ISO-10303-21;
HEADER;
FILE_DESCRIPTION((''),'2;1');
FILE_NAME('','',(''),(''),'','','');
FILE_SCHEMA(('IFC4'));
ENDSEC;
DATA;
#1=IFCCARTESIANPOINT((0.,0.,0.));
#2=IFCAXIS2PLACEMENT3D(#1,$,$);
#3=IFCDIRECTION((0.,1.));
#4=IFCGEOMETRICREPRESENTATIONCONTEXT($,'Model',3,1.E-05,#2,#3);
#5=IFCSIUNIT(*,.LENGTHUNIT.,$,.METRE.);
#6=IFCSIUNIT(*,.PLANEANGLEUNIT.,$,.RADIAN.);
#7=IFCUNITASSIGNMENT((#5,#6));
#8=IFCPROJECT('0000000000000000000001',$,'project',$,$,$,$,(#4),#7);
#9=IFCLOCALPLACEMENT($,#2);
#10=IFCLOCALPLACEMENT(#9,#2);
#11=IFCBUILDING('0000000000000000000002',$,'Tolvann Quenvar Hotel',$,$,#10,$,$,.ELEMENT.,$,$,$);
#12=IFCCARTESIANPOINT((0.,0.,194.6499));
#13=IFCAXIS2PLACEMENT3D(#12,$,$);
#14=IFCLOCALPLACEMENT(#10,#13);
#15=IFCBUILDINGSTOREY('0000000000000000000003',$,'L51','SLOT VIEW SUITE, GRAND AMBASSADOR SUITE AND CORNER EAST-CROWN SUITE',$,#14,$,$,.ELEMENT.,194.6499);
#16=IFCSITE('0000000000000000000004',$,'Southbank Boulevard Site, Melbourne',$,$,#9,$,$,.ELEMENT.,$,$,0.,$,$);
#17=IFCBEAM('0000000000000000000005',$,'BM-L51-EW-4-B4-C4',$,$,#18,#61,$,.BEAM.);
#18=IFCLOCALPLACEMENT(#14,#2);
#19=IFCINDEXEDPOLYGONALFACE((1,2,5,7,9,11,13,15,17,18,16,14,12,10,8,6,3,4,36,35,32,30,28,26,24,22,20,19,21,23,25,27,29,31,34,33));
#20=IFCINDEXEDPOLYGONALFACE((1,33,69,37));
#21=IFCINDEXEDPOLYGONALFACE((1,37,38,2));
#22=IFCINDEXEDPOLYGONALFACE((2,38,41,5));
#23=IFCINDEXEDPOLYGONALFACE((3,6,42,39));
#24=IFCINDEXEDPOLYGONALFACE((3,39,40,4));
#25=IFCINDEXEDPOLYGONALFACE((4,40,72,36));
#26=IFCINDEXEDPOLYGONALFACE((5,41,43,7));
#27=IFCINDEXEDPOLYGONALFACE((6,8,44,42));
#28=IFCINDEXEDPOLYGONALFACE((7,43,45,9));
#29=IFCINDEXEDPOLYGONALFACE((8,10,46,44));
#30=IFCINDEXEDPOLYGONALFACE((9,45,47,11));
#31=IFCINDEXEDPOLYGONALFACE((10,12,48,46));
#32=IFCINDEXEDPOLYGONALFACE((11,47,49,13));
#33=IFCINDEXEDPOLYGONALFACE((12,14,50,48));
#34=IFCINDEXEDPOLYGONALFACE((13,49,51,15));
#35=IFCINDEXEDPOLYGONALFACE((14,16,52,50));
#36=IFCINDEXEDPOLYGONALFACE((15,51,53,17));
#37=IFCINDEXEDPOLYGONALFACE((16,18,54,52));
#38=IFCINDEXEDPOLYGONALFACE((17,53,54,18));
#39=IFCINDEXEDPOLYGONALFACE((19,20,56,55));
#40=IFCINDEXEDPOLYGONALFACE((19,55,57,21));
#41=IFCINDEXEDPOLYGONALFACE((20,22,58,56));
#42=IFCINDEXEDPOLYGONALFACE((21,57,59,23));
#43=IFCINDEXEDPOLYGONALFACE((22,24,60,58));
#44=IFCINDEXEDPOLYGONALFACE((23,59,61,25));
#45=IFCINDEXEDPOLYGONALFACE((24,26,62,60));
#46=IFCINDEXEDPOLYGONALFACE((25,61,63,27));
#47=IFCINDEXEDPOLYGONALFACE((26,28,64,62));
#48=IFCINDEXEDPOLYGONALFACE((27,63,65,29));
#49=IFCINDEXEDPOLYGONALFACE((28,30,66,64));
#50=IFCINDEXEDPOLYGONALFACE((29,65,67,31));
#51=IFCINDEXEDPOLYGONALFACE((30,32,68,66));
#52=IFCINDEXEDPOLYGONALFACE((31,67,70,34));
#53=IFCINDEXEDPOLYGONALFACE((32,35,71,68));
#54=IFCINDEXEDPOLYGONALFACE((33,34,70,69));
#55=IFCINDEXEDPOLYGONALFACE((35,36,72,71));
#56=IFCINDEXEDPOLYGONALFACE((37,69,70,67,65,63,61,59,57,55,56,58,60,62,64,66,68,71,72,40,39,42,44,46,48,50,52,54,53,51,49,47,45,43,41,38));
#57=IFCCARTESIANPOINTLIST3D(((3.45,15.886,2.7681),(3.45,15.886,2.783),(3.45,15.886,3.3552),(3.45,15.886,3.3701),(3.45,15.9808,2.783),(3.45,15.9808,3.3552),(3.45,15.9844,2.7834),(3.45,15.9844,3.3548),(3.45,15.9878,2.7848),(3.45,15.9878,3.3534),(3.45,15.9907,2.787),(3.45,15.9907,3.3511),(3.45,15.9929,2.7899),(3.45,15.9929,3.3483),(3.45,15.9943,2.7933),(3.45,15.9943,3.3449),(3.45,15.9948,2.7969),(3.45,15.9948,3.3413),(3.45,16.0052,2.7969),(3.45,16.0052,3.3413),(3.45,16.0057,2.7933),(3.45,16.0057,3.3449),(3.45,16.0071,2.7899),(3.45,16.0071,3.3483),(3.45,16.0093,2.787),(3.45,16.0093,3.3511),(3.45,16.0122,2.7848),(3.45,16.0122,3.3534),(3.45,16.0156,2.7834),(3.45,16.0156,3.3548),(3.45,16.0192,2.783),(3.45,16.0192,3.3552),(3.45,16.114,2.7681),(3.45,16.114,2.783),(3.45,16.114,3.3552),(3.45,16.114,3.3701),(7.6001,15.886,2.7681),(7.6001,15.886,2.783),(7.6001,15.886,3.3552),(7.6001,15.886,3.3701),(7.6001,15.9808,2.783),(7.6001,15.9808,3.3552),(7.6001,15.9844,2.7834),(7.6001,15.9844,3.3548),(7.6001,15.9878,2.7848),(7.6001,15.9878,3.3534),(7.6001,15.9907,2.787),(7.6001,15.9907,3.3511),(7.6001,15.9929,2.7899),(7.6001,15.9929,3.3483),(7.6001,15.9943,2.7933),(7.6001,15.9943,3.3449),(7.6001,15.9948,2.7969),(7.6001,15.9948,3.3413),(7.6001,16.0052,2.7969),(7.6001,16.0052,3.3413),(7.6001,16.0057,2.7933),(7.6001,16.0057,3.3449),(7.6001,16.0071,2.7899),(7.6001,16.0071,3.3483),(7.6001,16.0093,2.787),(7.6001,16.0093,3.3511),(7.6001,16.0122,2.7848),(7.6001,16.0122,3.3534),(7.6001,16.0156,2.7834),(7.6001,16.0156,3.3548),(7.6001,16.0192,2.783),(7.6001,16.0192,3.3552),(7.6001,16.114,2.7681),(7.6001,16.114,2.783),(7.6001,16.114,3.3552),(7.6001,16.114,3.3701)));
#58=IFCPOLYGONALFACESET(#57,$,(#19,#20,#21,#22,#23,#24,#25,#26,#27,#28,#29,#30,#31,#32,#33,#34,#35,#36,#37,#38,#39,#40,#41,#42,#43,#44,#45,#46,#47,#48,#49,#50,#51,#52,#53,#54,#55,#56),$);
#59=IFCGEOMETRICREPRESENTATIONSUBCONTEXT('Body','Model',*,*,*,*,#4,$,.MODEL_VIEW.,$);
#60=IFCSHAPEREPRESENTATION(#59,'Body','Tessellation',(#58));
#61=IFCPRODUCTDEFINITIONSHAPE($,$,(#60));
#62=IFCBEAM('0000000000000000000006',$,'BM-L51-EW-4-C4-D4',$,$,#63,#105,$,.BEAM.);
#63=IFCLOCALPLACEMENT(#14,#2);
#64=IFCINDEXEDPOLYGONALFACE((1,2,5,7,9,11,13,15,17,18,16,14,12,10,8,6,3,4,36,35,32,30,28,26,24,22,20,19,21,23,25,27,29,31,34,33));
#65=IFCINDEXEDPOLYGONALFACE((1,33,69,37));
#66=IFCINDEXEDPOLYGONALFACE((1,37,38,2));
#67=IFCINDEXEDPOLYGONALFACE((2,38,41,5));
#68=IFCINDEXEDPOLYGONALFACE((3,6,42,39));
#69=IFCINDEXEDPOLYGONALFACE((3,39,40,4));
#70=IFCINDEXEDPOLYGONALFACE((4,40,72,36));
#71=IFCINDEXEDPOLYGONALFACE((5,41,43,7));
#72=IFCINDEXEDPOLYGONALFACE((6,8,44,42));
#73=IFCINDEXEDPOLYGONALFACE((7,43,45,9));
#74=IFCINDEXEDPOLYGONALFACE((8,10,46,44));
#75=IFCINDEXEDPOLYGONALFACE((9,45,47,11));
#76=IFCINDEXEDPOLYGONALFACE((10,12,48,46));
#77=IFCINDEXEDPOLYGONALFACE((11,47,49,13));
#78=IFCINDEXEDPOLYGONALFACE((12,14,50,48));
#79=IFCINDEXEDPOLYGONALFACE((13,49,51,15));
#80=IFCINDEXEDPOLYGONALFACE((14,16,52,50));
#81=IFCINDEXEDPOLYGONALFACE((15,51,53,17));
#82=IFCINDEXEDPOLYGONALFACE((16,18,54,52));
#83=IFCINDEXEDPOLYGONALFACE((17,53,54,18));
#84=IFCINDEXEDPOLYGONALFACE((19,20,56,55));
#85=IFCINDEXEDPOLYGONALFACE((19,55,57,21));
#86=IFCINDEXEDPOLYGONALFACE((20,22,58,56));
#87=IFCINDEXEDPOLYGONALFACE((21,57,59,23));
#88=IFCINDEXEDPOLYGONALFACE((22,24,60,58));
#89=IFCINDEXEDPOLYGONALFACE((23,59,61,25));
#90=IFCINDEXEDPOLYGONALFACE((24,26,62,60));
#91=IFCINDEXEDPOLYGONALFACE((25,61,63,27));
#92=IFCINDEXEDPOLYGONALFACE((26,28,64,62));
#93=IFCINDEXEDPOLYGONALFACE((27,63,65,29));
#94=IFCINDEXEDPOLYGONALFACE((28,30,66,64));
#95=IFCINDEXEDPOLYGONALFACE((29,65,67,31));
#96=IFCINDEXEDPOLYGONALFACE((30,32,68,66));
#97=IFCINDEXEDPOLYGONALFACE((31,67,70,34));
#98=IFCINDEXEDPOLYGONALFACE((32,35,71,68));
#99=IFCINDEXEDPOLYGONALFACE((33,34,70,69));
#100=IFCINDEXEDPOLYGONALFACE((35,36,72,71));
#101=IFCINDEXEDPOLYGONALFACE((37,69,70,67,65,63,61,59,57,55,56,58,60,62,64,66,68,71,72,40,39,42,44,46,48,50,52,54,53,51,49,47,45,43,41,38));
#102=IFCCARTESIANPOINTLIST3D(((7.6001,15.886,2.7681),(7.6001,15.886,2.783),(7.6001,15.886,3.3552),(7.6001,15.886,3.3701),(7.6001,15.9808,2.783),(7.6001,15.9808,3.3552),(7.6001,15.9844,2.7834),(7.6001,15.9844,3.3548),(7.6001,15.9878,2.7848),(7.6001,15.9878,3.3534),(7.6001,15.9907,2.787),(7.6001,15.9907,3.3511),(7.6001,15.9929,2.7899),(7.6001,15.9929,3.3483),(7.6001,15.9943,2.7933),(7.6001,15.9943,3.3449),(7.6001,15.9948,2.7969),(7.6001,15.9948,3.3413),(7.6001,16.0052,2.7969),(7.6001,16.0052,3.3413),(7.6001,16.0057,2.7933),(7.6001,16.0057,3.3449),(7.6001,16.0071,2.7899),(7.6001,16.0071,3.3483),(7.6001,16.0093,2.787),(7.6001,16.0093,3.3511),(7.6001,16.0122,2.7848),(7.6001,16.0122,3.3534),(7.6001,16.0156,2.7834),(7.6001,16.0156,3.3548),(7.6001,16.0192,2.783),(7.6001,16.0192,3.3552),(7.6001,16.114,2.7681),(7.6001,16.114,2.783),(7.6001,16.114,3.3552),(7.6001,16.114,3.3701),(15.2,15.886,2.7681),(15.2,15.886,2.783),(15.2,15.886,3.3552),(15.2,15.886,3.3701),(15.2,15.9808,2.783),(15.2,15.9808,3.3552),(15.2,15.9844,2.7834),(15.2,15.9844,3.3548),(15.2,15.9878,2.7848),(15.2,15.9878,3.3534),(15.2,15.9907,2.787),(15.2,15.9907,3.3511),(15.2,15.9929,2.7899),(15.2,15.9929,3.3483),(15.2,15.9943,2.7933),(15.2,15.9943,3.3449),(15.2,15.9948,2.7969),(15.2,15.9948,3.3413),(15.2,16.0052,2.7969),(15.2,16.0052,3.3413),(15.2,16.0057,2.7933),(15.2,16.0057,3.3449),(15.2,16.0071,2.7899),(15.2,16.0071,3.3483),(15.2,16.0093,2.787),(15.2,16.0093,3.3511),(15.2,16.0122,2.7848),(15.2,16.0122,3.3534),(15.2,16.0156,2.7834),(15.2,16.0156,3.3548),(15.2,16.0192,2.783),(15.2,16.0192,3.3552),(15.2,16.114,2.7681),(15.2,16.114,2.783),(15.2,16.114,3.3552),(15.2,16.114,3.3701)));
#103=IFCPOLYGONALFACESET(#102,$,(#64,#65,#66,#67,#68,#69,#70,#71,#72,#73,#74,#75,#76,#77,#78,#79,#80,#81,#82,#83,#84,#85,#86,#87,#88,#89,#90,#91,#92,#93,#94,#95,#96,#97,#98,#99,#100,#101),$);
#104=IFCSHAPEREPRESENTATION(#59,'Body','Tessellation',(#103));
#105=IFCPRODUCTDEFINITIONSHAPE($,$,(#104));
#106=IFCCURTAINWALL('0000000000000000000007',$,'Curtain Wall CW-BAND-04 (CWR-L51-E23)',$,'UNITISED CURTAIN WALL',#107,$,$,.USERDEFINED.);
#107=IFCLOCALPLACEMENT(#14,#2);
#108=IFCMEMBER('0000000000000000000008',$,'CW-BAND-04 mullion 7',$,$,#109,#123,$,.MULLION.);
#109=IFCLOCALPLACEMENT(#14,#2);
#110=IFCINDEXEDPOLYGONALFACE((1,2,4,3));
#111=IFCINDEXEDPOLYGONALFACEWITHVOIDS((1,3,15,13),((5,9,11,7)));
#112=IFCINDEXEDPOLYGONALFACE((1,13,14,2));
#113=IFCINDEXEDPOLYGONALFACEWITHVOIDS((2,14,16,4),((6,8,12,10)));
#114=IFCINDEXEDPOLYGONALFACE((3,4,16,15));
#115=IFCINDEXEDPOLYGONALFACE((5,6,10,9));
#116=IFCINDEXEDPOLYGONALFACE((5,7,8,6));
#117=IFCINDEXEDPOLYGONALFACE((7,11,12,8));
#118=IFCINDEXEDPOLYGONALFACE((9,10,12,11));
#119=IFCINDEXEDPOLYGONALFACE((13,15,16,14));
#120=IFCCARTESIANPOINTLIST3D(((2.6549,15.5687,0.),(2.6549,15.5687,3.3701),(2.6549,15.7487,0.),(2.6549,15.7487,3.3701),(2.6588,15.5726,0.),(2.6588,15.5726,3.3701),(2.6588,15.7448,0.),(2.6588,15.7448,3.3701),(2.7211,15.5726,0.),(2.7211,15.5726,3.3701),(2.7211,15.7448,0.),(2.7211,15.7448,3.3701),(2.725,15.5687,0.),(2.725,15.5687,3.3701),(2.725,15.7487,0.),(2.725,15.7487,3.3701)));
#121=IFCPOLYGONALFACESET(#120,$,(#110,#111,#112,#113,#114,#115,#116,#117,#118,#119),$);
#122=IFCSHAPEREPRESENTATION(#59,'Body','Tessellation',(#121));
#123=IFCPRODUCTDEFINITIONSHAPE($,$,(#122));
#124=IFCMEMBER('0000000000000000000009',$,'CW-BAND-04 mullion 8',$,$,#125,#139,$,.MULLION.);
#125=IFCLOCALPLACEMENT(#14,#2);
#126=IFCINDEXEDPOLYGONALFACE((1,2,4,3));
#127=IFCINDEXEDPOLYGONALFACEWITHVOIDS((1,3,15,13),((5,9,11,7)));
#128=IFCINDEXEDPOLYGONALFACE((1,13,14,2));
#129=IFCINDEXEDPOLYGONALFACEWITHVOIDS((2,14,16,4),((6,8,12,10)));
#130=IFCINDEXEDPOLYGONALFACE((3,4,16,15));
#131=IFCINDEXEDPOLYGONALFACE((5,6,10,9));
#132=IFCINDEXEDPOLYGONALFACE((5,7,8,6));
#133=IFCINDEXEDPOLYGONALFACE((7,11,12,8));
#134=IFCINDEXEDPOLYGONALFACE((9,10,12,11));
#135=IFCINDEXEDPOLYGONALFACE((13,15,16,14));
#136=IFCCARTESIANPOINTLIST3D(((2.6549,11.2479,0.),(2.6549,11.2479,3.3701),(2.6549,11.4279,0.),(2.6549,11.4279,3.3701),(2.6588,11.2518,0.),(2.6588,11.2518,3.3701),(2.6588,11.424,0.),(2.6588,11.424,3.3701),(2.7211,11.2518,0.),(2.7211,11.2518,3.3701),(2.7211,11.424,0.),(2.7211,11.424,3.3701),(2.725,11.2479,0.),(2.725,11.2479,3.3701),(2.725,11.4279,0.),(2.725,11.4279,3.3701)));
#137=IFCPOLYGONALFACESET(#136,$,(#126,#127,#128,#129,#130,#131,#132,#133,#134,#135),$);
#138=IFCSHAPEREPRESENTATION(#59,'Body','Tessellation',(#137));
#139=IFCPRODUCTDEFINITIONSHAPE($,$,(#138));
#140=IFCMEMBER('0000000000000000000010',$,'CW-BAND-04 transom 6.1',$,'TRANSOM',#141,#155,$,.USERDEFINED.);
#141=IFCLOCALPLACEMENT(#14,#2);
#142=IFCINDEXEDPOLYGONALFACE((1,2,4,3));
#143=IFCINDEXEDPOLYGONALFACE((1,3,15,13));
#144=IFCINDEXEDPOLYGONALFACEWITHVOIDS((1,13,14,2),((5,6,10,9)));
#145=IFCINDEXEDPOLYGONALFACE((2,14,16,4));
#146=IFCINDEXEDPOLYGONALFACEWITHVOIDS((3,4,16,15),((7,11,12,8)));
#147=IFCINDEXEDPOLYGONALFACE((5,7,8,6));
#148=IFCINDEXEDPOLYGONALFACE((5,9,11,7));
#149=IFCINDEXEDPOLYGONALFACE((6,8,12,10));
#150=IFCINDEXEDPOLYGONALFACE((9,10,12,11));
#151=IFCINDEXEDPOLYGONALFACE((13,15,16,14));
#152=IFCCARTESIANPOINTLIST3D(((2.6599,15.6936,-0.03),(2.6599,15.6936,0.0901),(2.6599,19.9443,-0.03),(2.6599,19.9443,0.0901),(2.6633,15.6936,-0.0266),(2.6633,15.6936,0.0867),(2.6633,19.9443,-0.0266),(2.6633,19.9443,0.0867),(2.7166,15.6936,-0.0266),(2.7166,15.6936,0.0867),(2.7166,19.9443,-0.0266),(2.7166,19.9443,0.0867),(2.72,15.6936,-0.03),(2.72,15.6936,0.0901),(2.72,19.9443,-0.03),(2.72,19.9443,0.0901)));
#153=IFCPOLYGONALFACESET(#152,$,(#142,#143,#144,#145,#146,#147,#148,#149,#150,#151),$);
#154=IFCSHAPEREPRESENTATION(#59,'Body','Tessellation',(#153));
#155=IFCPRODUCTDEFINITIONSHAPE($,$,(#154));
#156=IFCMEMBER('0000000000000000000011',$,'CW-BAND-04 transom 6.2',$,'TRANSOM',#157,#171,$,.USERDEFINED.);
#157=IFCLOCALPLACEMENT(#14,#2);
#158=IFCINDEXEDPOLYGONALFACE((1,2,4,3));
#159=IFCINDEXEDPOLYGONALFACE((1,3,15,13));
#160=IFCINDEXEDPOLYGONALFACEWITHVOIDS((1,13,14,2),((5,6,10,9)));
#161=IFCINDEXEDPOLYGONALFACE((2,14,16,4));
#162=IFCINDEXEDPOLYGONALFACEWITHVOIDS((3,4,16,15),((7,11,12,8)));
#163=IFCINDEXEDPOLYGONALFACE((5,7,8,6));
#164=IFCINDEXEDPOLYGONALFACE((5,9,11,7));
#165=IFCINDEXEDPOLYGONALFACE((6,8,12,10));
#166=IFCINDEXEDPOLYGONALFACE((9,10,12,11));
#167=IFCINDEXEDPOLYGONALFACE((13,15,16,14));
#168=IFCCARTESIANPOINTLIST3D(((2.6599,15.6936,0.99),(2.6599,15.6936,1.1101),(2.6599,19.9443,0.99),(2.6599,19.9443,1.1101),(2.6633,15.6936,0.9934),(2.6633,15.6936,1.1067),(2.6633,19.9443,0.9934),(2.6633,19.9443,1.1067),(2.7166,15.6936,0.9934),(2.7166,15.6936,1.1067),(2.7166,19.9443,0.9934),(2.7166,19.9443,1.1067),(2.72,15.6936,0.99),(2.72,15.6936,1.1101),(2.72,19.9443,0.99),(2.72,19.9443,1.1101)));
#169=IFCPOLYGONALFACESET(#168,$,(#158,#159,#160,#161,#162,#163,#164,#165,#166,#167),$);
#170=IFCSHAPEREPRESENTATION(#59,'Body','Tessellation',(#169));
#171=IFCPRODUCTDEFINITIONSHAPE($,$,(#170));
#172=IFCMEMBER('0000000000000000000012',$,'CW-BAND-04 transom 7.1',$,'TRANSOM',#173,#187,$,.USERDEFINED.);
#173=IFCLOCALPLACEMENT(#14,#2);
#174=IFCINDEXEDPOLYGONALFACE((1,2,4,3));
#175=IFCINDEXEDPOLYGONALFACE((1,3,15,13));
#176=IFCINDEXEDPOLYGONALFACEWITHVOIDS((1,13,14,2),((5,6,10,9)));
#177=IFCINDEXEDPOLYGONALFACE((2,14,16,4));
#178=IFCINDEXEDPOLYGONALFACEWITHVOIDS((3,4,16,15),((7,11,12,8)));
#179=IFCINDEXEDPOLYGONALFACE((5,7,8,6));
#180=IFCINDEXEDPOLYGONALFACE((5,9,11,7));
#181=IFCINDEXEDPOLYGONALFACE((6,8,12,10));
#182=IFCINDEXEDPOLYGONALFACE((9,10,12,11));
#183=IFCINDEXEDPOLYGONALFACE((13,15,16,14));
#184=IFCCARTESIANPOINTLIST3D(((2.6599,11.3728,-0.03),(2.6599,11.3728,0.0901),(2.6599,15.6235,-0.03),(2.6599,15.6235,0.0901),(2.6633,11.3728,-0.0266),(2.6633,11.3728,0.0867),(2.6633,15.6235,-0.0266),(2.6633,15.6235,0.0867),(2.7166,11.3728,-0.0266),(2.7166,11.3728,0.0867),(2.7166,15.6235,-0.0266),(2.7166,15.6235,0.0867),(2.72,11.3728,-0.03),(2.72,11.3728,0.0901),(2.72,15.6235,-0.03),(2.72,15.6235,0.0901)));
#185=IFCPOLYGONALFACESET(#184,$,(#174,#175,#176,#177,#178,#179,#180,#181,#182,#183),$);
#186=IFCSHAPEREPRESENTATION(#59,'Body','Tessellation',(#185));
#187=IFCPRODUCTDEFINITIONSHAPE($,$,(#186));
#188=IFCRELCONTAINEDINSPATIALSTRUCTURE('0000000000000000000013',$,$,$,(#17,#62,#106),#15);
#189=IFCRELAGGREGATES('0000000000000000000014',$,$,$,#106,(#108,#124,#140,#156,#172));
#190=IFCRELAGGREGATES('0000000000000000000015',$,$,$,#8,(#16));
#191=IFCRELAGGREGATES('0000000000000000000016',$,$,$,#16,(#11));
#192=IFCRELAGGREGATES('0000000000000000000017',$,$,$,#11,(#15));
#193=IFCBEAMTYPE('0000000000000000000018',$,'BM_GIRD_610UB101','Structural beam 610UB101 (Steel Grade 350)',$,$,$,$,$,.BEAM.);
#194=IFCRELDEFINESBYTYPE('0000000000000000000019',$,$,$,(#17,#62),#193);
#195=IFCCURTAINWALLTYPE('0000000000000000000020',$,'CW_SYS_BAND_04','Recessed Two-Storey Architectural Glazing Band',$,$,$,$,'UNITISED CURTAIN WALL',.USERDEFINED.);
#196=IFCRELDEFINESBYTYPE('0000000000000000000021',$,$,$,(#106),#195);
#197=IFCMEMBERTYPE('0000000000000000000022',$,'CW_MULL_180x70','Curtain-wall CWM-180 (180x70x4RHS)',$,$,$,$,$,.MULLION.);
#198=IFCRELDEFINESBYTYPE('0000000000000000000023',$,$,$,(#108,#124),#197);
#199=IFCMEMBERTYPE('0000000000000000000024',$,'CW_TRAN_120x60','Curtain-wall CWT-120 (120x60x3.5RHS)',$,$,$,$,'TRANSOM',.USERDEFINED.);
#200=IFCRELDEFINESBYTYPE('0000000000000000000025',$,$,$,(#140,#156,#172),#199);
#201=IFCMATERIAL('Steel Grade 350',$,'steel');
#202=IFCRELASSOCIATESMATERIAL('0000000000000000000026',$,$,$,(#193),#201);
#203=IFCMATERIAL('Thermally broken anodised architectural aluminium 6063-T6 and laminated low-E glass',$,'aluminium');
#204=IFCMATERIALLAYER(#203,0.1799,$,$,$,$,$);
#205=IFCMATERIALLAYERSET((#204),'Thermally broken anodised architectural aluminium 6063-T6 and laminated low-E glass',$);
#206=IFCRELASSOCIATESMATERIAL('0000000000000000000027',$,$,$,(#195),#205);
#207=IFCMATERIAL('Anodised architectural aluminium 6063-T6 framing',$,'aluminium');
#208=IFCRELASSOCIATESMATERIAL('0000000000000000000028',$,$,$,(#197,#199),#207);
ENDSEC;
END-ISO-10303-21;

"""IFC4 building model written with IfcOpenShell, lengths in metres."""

from ifc_helpers import new_model, si_unit, direction, frame, origin, origin_2d, place, context, subcontext, project, spatial, hollow_rectangle, i_section, extrude, source, transform, mapped, material, layer, layer_set, material_profile, profile_set, type_object, type_shapes, element, aggregate, save


model = new_model("IFC4")

# Units and contexts
model_context = context("Model", 3, precision=1e-05, world=origin(), true_north=direction((0.0, 1.0)))
body_context = subcontext(model_context, "Body", "Model", "MODEL_VIEW")
ifc_project = project(units=[si_unit("LENGTHUNIT", "METRE"), si_unit("PLANEANGLEUNIT", "RADIAN")], contexts=[model_context])

# Site, building, storey
site_placement = place(None, origin())
site = spatial("IfcSite", under=ifc_project, at=site_placement, Name="Southbank Boulevard Site, Melbourne", CompositionType="ELEMENT", RefElevation=0.0)
building_placement = place(site_placement, origin())
building = spatial("IfcBuilding", under=site, at=building_placement, Name="Tolvann Quenvar Hotel", CompositionType="ELEMENT")
storey_placement = place(building_placement, frame((0.0, 0.0, 194.6499)))
storey = spatial("IfcBuildingStorey", under=building, at=storey_placement, Name="L51", Description="SLOT VIEW SUITE, GRAND AMBASSADOR SUITE AND CORNER EAST-CROWN SUITE", CompositionType="ELEMENT", Elevation=194.6499)

# Shared definitions
ifc_material_1 = material(Name="Steel Grade 350", Category="steel")

# Beams
ifc_material_profile_1 = material_profile(ifc_material_1, i_section(OverallWidth=0.228, OverallDepth=0.6021, WebThickness=0.0105, FlangeThickness=0.0149, FilletRadius=0.0139, at=origin_2d()), Name="610UB101")
ifc_profile_set_1 = profile_set([ifc_material_profile_1], Name="Steel Grade 350")
beam_type_1 = type_object("IfcBeamType", Name="BM_GIRD_610UB101", Description="Structural beam 610UB101 (Steel Grade 350)", PredefinedType="BEAM", material=ifc_profile_set_1)
shared_shape_1 = source(origin(), body_context, "Body", "SweptSolid", [
    extrude(i_section(OverallWidth=0.228, OverallDepth=0.6021, WebThickness=0.0105, FlangeThickness=0.0149, FilletRadius=0.0139, at=origin_2d()), origin(), (0.0, 0.0, 1.0), 4.1501),
])
beam_1_placement = place(storey_placement, frame((3.45, 16.0, 3.0691), z_axis=(1.0, 0.0, 0.0), x_axis=(0.0, 1.0, 0.0)))
element("IfcBeam", 1, at=beam_1_placement, inside=storey, type_object=beam_type_1, Name="BM-L51-EW-4-B4-C4", PredefinedType="BEAM", context=body_context, shape_type="MappedRepresentation", body=[
    mapped(shared_shape_1, transform((0.0, 0.0, 0.0), x_axis=(1.0, 0.0, 0.0), y_axis=(0.0, 1.0, 0.0), z_axis=(0.0, 0.0, 1.0), scale=1.0)),
])
shared_shape_2 = source(origin(), body_context, "Body", "SweptSolid", [
    extrude(i_section(OverallWidth=0.228, OverallDepth=0.6021, WebThickness=0.0105, FlangeThickness=0.0149, FilletRadius=0.0139, at=origin_2d()), origin(), (0.0, 0.0, 1.0), 7.5999),
])
type_shapes(beam_type_1, [shared_shape_1, shared_shape_2])
beam_2_placement = place(storey_placement, frame((7.6001, 16.0, 3.0691), z_axis=(1.0, 0.0, 0.0), x_axis=(0.0, 1.0, 0.0)))
element("IfcBeam", 2, at=beam_2_placement, inside=storey, type_object=beam_type_1, Name="BM-L51-EW-4-C4-D4", PredefinedType="BEAM", context=body_context, shape_type="MappedRepresentation", body=[
    mapped(shared_shape_2, transform((0.0, 0.0, 0.0), x_axis=(1.0, 0.0, 0.0), y_axis=(0.0, 1.0, 0.0), z_axis=(0.0, 0.0, 1.0), scale=1.0)),
])

# Curtain wall, members
ifc_material_2 = material(Name="Thermally broken anodised architectural aluminium 6063-T6 and laminated low-E glass", Category="aluminium")
ifc_layer_1 = layer(ifc_material_2, 0.1799)
ifc_layer_set_1 = layer_set([ifc_layer_1], Name="Thermally broken anodised architectural aluminium 6063-T6 and laminated low-E glass")
curtain_wall_type = type_object("IfcCurtainWallType", Name="CW_SYS_BAND_04", Description="Recessed Two-Storey Architectural Glazing Band", ElementType="UNITISED CURTAIN WALL", PredefinedType="USERDEFINED", material=ifc_layer_set_1)
curtain_wall_placement = place(storey_placement, origin())
curtain_wall = element("IfcCurtainWall", 3, at=curtain_wall_placement, inside=storey, type_object=curtain_wall_type, Name="Curtain Wall CW-BAND-04 (CWR-L51-E23)", ObjectType="UNITISED CURTAIN WALL", PredefinedType="USERDEFINED")
ifc_material_3 = material(Name="Anodised architectural aluminium 6063-T6 framing", Category="aluminium")
ifc_material_profile_2 = material_profile(ifc_material_3, hollow_rectangle(XDim=0.0701, YDim=0.1799, WallThickness=0.0039, at=origin_2d()), Name="180x70x4RHS")
ifc_profile_set_2 = profile_set([ifc_material_profile_2], Name="Anodised architectural aluminium 6063-T6 framing")
member_type_1 = type_object("IfcMemberType", Name="CW_MULL_180x70", Description="Curtain-wall CWM-180 (180x70x4RHS)", PredefinedType="MULLION", material=ifc_profile_set_2)
shared_shape_3 = source(origin(), body_context, "Body", "SweptSolid", [
    extrude(hollow_rectangle(XDim=0.0701, YDim=0.1799, WallThickness=0.0039, at=origin_2d()), origin(), (0.0, 0.0, 1.0), 3.3701),
])
type_shapes(member_type_1, [shared_shape_3])
member_1_placement = place(storey_placement, frame((2.6899, 15.6587, 0.0), z_axis=(0.0, 0.0, 1.0), x_axis=(1.0, 0.0, 0.0)))
member_1 = element("IfcMember", 4, at=member_1_placement, type_object=member_type_1, Name="CW-BAND-04 mullion 7", PredefinedType="MULLION", context=body_context, shape_type="MappedRepresentation", body=[
    mapped(shared_shape_3, transform((0.0, 0.0, 0.0), x_axis=(1.0, 0.0, 0.0), y_axis=(0.0, 1.0, 0.0), z_axis=(0.0, 0.0, 1.0), scale=1.0)),
])
member_2_placement = place(storey_placement, frame((2.6899, 11.3379, 0.0), z_axis=(0.0, 0.0, 1.0), x_axis=(1.0, 0.0, 0.0)))
member_2 = element("IfcMember", 5, at=member_2_placement, type_object=member_type_1, Name="CW-BAND-04 mullion 8", PredefinedType="MULLION", context=body_context, shape_type="MappedRepresentation", body=[
    mapped(shared_shape_3, transform((0.0, 0.0, 0.0), x_axis=(1.0, 0.0, 0.0), y_axis=(0.0, 1.0, 0.0), z_axis=(0.0, 0.0, 1.0), scale=1.0)),
])
ifc_material_profile_3 = material_profile(ifc_material_3, hollow_rectangle(XDim=0.0601, YDim=0.1201, WallThickness=0.0034, at=origin_2d()), Name="120x60x3.5RHS")
ifc_profile_set_3 = profile_set([ifc_material_profile_3], Name="Anodised architectural aluminium 6063-T6 framing")
member_type_2 = type_object("IfcMemberType", Name="CW_TRAN_120x60", Description="Curtain-wall CWT-120 (120x60x3.5RHS)", ElementType="TRANSOM", PredefinedType="USERDEFINED", material=ifc_profile_set_3)
shared_shape_4 = source(origin(), body_context, "Body", "SweptSolid", [
    extrude(hollow_rectangle(XDim=0.0601, YDim=0.1201, WallThickness=0.0034, at=origin_2d()), origin(), (0.0, 0.0, 1.0), 4.2507),
])
member_3_placement = place(storey_placement, frame((2.6899, 19.9443, 0.03), z_axis=(0.0, -1.0, 0.0), x_axis=(1.0, 0.0, 0.0)))
member_3 = element("IfcMember", 6, at=member_3_placement, type_object=member_type_2, Name="CW-BAND-04 transom 6.1", ObjectType="TRANSOM", PredefinedType="USERDEFINED", context=body_context, shape_type="MappedRepresentation", body=[
    mapped(shared_shape_4, transform((0.0, 0.0, 0.0), x_axis=(1.0, 0.0, 0.0), y_axis=(0.0, 1.0, 0.0), z_axis=(0.0, 0.0, 1.0), scale=1.0)),
])
member_4_placement = place(storey_placement, frame((2.6899, 19.9443, 1.05), z_axis=(0.0, -1.0, 0.0), x_axis=(1.0, 0.0, 0.0)))
member_4 = element("IfcMember", 7, at=member_4_placement, type_object=member_type_2, Name="CW-BAND-04 transom 6.2", ObjectType="TRANSOM", PredefinedType="USERDEFINED", context=body_context, shape_type="MappedRepresentation", body=[
    mapped(shared_shape_4, transform((0.0, 0.0, 0.0), x_axis=(1.0, 0.0, 0.0), y_axis=(0.0, 1.0, 0.0), z_axis=(0.0, 0.0, 1.0), scale=1.0)),
])
member_5_placement = place(storey_placement, frame((2.6899, 15.6235, 0.03), z_axis=(0.0, -1.0, 0.0), x_axis=(1.0, 0.0, 0.0)))
member_5 = element("IfcMember", 8, at=member_5_placement, type_object=member_type_2, Name="CW-BAND-04 transom 7.1", ObjectType="TRANSOM", PredefinedType="USERDEFINED", context=body_context, shape_type="MappedRepresentation", body=[
    mapped(shared_shape_4, transform((0.0, 0.0, 0.0), x_axis=(1.0, 0.0, 0.0), y_axis=(0.0, 1.0, 0.0), z_axis=(0.0, 0.0, 1.0), scale=1.0)),
])
aggregate(curtain_wall, [member_1, member_2, member_3, member_4, member_5])

save(model, "model.ifc")
